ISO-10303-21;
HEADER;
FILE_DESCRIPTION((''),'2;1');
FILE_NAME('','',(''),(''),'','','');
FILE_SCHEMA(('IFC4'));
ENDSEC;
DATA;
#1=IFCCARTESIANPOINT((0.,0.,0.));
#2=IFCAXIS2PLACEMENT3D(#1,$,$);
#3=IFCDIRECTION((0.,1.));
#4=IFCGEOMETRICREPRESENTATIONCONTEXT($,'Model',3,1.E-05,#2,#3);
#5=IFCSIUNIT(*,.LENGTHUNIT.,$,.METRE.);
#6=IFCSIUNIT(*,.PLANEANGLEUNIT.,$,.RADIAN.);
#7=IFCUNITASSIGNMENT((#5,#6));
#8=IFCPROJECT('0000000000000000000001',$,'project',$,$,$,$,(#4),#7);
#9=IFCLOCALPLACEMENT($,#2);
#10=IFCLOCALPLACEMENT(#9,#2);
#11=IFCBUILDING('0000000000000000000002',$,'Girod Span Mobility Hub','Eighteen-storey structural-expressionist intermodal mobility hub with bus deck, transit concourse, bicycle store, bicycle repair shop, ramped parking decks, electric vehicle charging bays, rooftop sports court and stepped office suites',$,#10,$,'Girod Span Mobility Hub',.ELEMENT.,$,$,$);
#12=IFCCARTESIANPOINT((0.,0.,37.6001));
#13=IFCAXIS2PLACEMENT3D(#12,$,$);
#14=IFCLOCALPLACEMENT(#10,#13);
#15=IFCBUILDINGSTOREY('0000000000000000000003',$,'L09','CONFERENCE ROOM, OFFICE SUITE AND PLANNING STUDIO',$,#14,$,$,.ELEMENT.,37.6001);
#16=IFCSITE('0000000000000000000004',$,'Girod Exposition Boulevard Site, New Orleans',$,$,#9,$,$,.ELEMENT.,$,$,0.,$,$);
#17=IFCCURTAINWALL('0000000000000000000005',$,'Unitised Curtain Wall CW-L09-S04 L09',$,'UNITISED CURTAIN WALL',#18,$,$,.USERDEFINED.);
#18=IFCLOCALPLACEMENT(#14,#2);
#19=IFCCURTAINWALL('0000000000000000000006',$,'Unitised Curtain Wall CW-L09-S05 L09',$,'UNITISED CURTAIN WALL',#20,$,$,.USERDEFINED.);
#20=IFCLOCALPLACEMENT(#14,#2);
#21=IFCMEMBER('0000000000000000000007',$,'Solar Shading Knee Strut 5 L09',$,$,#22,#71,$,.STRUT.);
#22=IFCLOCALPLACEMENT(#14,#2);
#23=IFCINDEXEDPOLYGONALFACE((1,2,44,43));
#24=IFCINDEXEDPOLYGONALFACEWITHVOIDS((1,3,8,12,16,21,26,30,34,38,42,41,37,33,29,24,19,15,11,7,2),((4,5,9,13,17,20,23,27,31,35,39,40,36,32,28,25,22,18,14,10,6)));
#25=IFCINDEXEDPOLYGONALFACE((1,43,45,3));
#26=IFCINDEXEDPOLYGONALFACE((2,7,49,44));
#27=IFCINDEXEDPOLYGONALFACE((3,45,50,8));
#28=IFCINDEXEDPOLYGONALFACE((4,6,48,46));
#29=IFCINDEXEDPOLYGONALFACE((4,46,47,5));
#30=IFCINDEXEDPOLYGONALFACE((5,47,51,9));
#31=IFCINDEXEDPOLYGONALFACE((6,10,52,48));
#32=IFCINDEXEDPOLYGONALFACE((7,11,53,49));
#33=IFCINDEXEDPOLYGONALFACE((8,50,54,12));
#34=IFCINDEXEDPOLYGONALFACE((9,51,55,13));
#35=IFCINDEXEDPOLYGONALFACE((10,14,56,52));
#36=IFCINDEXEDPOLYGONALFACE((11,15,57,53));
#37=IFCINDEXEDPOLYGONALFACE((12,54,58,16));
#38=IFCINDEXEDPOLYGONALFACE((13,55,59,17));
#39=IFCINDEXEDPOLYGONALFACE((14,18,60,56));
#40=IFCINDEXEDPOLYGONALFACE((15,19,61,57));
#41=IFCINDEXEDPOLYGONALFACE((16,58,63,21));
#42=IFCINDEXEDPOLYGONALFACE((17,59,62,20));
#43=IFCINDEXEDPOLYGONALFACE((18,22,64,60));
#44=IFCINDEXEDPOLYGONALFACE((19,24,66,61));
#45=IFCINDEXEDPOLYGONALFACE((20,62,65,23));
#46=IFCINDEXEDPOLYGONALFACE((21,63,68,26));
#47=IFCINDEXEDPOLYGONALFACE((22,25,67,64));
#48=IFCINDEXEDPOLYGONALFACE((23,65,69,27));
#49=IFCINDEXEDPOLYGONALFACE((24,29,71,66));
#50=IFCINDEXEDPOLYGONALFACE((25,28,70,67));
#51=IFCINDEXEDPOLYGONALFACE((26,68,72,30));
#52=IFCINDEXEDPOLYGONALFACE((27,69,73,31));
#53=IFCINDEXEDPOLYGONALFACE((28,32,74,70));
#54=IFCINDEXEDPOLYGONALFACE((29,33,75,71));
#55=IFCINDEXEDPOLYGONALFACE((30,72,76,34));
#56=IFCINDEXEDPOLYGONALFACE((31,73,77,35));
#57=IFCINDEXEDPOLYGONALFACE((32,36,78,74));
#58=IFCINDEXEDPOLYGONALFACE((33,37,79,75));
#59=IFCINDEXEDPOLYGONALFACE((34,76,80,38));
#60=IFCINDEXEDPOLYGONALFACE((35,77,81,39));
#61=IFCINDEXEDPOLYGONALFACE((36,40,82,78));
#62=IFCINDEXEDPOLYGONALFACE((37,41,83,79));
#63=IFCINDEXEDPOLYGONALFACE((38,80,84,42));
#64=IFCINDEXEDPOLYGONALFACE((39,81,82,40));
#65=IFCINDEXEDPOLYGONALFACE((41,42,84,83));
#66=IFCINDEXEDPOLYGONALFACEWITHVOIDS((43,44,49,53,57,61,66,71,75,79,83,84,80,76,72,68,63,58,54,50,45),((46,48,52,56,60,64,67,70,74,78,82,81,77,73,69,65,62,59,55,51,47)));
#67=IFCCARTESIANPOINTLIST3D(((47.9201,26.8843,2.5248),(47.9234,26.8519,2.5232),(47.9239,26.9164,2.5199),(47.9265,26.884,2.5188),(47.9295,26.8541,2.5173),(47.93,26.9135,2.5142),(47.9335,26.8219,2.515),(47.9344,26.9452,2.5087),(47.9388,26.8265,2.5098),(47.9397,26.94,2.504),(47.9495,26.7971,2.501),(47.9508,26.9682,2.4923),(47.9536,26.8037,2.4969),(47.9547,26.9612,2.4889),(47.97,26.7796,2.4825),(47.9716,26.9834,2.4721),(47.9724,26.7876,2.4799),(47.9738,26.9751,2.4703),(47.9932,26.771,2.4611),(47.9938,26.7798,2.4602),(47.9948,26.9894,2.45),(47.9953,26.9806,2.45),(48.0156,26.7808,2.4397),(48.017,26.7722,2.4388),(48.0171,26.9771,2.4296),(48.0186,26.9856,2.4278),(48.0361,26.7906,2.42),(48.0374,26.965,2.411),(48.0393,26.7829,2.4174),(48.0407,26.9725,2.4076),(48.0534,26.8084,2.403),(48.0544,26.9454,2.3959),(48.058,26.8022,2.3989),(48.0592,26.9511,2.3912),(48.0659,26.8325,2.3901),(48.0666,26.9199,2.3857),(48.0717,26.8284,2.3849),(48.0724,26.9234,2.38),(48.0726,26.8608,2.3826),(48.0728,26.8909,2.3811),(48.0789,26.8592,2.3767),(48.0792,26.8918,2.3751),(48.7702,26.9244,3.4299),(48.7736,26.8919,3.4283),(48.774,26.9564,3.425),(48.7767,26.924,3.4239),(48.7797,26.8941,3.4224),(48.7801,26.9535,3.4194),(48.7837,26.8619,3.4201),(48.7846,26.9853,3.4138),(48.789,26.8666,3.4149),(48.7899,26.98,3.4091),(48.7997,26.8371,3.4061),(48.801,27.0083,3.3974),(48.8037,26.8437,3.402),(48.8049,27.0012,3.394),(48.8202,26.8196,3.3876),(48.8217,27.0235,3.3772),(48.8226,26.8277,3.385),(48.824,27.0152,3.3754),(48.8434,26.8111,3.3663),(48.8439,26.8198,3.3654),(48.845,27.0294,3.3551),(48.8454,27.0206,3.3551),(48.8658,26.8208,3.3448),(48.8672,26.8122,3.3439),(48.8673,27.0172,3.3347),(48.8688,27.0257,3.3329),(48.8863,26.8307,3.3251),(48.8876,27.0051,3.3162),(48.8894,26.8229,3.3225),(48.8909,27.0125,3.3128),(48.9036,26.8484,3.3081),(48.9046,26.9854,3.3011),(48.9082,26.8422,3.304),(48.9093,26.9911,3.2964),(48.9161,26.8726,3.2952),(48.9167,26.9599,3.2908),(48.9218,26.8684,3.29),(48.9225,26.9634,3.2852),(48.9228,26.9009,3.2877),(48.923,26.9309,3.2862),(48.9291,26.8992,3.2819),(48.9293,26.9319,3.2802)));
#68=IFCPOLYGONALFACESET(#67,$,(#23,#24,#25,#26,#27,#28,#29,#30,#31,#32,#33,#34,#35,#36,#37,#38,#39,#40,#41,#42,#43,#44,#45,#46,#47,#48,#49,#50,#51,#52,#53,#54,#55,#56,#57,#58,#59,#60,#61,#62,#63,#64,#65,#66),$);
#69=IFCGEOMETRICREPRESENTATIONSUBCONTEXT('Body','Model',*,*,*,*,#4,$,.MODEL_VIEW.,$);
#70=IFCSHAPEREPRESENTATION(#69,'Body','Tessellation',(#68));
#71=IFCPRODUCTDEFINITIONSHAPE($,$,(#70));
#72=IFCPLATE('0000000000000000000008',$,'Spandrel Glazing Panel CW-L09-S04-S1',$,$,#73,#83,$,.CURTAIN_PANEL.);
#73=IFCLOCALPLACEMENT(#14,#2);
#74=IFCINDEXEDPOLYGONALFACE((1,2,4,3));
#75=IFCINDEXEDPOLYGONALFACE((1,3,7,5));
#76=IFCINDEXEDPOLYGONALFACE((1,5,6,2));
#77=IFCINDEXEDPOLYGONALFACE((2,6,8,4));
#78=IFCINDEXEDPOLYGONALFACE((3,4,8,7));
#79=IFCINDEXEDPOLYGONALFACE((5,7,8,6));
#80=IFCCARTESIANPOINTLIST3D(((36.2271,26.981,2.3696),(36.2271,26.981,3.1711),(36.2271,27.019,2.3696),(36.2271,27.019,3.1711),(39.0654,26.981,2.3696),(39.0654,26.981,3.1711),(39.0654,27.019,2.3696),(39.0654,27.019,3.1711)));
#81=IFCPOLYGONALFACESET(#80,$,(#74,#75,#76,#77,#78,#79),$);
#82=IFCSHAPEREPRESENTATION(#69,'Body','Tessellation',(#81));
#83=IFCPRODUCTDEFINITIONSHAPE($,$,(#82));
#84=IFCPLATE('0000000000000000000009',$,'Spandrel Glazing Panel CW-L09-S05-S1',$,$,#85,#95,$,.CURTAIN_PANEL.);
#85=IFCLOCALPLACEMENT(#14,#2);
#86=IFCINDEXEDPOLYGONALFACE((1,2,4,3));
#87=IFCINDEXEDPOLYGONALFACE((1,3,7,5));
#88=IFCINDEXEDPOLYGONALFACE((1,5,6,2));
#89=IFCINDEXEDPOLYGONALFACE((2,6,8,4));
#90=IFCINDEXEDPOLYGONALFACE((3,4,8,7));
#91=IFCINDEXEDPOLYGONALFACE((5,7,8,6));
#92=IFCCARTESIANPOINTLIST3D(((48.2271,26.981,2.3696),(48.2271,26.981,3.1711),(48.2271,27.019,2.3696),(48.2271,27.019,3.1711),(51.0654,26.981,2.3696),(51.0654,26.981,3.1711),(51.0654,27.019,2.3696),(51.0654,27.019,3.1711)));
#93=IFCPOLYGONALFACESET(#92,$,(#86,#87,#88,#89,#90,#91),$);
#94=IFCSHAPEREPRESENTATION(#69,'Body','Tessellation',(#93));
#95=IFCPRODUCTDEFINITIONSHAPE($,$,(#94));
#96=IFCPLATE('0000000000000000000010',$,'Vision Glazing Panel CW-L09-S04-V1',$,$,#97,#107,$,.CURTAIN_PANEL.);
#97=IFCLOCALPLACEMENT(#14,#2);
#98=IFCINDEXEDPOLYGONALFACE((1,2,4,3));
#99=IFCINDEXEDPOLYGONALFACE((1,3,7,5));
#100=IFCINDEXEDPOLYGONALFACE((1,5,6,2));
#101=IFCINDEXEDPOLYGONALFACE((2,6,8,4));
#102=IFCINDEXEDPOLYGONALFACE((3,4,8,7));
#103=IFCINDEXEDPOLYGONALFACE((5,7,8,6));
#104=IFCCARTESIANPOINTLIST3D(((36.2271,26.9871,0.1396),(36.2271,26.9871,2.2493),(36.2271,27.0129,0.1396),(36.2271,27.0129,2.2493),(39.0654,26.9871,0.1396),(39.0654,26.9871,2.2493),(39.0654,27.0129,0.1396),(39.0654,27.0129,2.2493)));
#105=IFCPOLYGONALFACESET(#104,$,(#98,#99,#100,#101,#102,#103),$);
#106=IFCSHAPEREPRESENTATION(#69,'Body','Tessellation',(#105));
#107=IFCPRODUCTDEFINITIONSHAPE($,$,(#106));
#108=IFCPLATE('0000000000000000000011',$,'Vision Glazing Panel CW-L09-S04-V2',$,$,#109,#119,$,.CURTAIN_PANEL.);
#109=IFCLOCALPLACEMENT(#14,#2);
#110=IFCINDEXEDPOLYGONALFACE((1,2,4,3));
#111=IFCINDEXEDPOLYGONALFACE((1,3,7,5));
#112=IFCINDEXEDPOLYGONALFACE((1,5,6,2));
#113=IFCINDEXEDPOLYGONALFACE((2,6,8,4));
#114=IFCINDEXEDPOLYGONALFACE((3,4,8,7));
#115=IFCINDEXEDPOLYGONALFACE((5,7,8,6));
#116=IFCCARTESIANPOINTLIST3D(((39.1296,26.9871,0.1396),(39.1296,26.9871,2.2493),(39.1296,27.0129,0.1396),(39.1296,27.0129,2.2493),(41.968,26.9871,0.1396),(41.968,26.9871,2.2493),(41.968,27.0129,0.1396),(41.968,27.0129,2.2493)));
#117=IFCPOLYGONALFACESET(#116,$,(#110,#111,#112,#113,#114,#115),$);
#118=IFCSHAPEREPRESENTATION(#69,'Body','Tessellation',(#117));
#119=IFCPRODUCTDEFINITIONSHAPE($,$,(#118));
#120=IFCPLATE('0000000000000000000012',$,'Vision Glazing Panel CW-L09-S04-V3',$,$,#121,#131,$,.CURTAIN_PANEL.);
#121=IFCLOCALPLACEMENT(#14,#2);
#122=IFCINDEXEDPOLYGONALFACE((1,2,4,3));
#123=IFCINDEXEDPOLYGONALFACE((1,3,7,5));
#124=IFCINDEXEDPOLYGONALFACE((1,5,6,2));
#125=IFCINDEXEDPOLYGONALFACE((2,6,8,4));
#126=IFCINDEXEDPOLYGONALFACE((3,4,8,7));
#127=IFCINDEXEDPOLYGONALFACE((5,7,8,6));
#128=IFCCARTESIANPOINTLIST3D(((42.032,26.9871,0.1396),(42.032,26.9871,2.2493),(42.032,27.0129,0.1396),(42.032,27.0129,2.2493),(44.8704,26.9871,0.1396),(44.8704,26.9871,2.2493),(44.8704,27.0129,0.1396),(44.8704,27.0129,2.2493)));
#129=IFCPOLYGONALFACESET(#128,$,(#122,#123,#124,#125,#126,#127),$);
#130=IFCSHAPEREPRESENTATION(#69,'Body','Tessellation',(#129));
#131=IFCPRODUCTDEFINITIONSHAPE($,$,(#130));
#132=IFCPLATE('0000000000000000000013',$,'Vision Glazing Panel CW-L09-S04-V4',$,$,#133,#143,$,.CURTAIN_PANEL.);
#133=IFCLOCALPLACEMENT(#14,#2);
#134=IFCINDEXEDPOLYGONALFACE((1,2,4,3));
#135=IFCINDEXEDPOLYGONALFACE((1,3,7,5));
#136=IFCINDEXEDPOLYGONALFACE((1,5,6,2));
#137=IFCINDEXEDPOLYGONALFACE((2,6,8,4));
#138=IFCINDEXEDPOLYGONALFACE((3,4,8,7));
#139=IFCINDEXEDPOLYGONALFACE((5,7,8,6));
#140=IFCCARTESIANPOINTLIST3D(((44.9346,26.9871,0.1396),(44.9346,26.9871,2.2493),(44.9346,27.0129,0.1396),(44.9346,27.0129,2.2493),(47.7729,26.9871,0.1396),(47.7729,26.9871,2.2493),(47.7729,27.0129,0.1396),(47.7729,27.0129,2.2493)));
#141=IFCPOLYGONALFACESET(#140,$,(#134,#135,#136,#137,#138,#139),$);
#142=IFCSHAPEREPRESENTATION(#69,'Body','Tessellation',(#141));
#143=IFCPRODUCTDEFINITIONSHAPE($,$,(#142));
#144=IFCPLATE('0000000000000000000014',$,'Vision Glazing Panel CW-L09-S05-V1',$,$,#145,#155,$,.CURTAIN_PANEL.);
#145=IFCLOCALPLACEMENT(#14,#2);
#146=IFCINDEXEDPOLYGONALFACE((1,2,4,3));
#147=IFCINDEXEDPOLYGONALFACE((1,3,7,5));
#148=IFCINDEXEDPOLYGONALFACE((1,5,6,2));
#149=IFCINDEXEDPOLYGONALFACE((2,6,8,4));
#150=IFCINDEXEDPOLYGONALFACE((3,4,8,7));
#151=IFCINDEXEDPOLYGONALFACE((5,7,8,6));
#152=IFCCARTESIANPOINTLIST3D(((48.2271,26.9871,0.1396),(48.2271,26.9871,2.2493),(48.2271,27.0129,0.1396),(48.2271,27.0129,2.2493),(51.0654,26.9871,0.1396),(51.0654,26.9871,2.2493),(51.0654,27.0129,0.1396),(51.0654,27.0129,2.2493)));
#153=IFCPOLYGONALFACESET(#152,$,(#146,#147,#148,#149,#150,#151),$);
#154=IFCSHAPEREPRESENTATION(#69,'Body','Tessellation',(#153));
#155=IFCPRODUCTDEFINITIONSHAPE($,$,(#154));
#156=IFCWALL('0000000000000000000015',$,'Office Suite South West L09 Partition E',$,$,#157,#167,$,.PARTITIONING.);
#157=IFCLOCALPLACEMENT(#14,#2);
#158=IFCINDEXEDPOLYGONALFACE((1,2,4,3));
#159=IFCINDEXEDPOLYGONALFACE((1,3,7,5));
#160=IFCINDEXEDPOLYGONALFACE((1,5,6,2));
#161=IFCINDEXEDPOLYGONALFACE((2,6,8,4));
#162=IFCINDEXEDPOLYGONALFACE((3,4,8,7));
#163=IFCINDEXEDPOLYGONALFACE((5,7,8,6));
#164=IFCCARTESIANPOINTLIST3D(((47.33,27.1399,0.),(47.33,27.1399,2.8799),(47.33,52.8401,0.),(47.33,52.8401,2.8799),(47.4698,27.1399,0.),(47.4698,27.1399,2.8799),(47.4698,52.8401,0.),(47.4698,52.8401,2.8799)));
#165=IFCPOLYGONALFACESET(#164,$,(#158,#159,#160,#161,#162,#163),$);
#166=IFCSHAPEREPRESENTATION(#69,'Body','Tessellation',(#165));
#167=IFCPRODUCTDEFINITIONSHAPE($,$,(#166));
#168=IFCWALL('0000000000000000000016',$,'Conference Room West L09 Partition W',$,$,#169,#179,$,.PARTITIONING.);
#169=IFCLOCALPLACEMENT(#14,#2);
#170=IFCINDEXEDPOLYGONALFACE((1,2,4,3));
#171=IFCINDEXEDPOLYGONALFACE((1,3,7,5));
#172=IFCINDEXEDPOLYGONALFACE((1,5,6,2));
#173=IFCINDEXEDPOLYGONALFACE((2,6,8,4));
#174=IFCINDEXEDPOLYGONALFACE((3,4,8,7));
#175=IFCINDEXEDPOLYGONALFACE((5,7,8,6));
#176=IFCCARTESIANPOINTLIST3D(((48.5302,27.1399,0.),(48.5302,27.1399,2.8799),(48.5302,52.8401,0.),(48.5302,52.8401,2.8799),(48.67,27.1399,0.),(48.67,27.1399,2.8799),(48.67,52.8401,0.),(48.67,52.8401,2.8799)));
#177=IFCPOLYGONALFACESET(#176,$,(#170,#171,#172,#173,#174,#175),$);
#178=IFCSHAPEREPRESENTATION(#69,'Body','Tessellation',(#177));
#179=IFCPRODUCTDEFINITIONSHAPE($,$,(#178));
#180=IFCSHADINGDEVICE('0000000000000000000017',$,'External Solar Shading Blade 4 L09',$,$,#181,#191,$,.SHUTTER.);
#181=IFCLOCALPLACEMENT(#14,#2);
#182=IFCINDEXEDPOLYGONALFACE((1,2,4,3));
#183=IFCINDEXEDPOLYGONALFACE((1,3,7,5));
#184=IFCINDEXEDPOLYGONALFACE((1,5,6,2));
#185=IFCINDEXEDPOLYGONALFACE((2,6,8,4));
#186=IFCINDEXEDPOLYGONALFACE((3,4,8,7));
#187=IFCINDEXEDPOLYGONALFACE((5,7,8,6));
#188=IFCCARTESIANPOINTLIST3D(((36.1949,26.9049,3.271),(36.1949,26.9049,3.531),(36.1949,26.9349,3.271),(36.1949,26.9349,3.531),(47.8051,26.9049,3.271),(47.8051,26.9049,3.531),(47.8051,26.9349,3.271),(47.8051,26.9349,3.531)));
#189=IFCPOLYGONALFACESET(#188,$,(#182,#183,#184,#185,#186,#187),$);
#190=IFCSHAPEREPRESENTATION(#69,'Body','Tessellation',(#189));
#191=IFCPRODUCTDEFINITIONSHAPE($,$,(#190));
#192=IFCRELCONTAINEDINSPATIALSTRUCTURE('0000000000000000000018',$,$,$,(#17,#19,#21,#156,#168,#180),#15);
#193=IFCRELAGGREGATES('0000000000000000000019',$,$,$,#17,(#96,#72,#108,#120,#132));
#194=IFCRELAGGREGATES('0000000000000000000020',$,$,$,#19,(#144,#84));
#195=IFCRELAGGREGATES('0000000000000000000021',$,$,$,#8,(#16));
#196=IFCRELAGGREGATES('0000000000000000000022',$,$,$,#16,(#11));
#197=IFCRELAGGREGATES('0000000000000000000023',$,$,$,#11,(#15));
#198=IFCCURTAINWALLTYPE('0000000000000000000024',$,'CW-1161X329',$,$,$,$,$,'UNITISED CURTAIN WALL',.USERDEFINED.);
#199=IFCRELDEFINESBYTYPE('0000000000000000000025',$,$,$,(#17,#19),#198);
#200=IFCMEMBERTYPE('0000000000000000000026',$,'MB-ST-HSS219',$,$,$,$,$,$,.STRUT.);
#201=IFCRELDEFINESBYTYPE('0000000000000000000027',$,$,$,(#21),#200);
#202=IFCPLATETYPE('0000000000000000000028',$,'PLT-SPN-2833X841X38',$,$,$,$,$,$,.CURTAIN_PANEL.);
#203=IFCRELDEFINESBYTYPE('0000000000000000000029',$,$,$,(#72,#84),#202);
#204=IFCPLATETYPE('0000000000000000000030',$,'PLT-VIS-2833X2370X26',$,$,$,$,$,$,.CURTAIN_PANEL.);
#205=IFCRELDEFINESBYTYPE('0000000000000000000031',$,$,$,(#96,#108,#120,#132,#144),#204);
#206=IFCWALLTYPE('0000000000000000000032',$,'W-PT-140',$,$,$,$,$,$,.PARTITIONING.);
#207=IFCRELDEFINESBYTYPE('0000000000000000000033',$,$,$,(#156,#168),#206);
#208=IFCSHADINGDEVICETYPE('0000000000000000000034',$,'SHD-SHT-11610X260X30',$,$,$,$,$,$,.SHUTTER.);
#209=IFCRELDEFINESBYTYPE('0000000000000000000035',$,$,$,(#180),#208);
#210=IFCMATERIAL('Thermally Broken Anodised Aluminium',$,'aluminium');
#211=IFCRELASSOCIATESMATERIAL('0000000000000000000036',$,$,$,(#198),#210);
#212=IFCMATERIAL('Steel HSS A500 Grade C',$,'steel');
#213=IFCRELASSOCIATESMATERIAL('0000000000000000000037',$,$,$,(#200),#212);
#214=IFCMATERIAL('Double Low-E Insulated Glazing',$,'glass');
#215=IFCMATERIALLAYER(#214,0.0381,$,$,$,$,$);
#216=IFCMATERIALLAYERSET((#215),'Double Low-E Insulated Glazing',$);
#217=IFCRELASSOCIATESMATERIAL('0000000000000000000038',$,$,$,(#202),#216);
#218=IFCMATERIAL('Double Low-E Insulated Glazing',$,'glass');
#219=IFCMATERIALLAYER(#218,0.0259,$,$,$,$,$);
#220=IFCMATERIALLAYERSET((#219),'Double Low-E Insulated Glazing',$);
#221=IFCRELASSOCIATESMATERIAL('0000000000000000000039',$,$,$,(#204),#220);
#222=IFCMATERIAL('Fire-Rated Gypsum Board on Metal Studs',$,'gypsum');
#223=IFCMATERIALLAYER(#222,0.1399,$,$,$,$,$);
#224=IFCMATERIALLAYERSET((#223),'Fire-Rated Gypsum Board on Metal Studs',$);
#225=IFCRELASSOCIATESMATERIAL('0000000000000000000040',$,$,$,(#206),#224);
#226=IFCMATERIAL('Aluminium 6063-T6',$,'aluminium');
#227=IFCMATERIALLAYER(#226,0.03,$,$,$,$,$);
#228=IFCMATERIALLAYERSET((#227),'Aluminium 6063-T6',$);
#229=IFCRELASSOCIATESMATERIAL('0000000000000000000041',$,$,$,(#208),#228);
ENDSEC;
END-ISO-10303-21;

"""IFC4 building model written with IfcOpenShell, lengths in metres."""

from ifc_helpers import new_model, si_unit, direction, frame, frame_2d, origin, origin_2d, place, context, subcontext, project, spatial, rectangle, hollow_circle, extrude, material, layer, layer_set, material_profile, profile_set, type_object, element, aggregate, save


model = new_model("IFC4")

# Units and contexts
model_context = context("Model", 3, precision=1e-05, world=origin(), true_north=direction((0.0, 1.0)))
body_context = subcontext(model_context, "Body", "Model", "MODEL_VIEW")
ifc_project = project(units=[si_unit("LENGTHUNIT", "METRE"), si_unit("PLANEANGLEUNIT", "RADIAN")], contexts=[model_context])

# Site, building, storey
site_placement = place(None, origin())
site = spatial("IfcSite", under=ifc_project, at=site_placement, Name="Girod Exposition Boulevard Site, New Orleans", CompositionType="ELEMENT", RefElevation=0.0)
building_placement = place(site_placement, origin())
building = spatial("IfcBuilding", under=site, at=building_placement, Name="Girod Span Mobility Hub", Description="Eighteen-storey structural-expressionist intermodal mobility hub with bus deck, transit concourse, bicycle store, bicycle repair shop, ramped parking decks, electric vehicle charging bays, rooftop sports court and stepped office suites", LongName="Girod Span Mobility Hub", CompositionType="ELEMENT")
storey_placement = place(building_placement, frame((0.0, 0.0, 37.6001)))
storey = spatial("IfcBuildingStorey", under=building, at=storey_placement, Name="L09", Description="CONFERENCE ROOM, OFFICE SUITE AND PLANNING STUDIO", CompositionType="ELEMENT", Elevation=37.6001)

# Curtain wall
ifc_material_1 = material(Name="Thermally Broken Anodised Aluminium", Category="aluminium")
curtain_wall_type = type_object("IfcCurtainWallType", Name="CW-1161X329", ElementType="UNITISED CURTAIN WALL", PredefinedType="USERDEFINED", material=ifc_material_1)
curtain_wall_1_placement = place(storey_placement, origin())
curtain_wall_1 = element("IfcCurtainWall", 1, at=curtain_wall_1_placement, inside=storey, type_object=curtain_wall_type, Name="Unitised Curtain Wall CW-L09-S04 L09", ObjectType="UNITISED CURTAIN WALL", PredefinedType="USERDEFINED")

# Curtain wall
curtain_wall_2_placement = place(storey_placement, origin())
curtain_wall_2 = element("IfcCurtainWall", 2, at=curtain_wall_2_placement, inside=storey, type_object=curtain_wall_type, Name="Unitised Curtain Wall CW-L09-S05 L09", ObjectType="UNITISED CURTAIN WALL", PredefinedType="USERDEFINED")

# Member
ifc_material_2 = material(Name="Steel HSS A500 Grade C", Category="steel")
ifc_material_profile_1 = material_profile(ifc_material_2, hollow_circle(Radius=0.1096, WallThickness=0.0088, at=origin_2d()), Name="HSS219X9.5")
ifc_profile_set_1 = profile_set([ifc_material_profile_1], Name="Steel HSS A500 Grade C")
member_type_1 = type_object("IfcMemberType", Name="MB-ST-HSS219", PredefinedType="STRUT", material=ifc_profile_set_1)
member_1_placement = place(storey_placement, frame((48.0, 26.8799, 2.45), z_axis=(0.684285, 0.032229, 0.728502), x_axis=(-0.047047, 0.998893, 0.0)))
element("IfcMember", 3, at=member_1_placement, inside=storey, type_object=member_type_1, Name="Solar Shading Knee Strut 5 L09", PredefinedType="STRUT", context=body_context, shape_type="SweptSolid", body=[
    extrude(hollow_circle(Radius=0.1096, WallThickness=0.0088, at=origin_2d()), origin(), (0.0, 0.0, 1.0), 1.2424),
])

# Plates
ifc_material_3 = material(Name="Double Low-E Insulated Glazing", Category="glass")
ifc_layer_1 = layer(ifc_material_3, 0.0381)
ifc_layer_set_1 = layer_set([ifc_layer_1], Name="Double Low-E Insulated Glazing")
plate_type_1 = type_object("IfcPlateType", Name="PLT-SPN-2833X841X38", PredefinedType="CURTAIN_PANEL", material=ifc_layer_set_1)
plate_1_placement = place(storey_placement, frame((37.6462, 27.0, 2.3696), z_axis=(0.0, 0.0, 1.0), x_axis=(1.0, 0.0, 0.0)))
plate_1 = element("IfcPlate", 4, at=plate_1_placement, type_object=plate_type_1, Name="Spandrel Glazing Panel CW-L09-S04-S1", PredefinedType="CURTAIN_PANEL", context=body_context, shape_type="SweptSolid", body=[
    extrude(rectangle(XDim=2.8384, YDim=0.0381, at=origin_2d()), origin(), (0.0, 0.0, 1.0), 0.8015),
])
plate_2_placement = place(storey_placement, frame((49.6462, 27.0, 2.3696), z_axis=(0.0, 0.0, 1.0), x_axis=(1.0, 0.0, 0.0)))
plate_2 = element("IfcPlate", 5, at=plate_2_placement, type_object=plate_type_1, Name="Spandrel Glazing Panel CW-L09-S05-S1", PredefinedType="CURTAIN_PANEL", context=body_context, shape_type="SweptSolid", body=[
    extrude(rectangle(XDim=2.8384, YDim=0.0381, at=origin_2d()), origin(), (0.0, 0.0, 1.0), 0.8015),
])
ifc_material_4 = material(Name="Double Low-E Insulated Glazing", Category="glass")
ifc_layer_2 = layer(ifc_material_4, 0.0259)
ifc_layer_set_2 = layer_set([ifc_layer_2], Name="Double Low-E Insulated Glazing")
plate_type_2 = type_object("IfcPlateType", Name="PLT-VIS-2833X2370X26", PredefinedType="CURTAIN_PANEL", material=ifc_layer_set_2)
plate_3_placement = place(storey_placement, frame((37.6462, 27.0, 0.1396), z_axis=(0.0, 0.0, 1.0), x_axis=(1.0, 0.0, 0.0)))
plate_3 = element("IfcPlate", 6, at=plate_3_placement, type_object=plate_type_2, Name="Vision Glazing Panel CW-L09-S04-V1", PredefinedType="CURTAIN_PANEL", context=body_context, shape_type="SweptSolid", body=[
    extrude(rectangle(XDim=2.8384, YDim=0.0259, at=origin_2d()), origin(), (0.0, 0.0, 1.0), 2.1096),
])
plate_4_placement = place(storey_placement, frame((40.5488, 27.0, 0.1396), z_axis=(0.0, 0.0, 1.0), x_axis=(1.0, 0.0, 0.0)))
plate_4 = element("IfcPlate", 7, at=plate_4_placement, type_object=plate_type_2, Name="Vision Glazing Panel CW-L09-S04-V2", PredefinedType="CURTAIN_PANEL", context=body_context, shape_type="SweptSolid", body=[
    extrude(rectangle(XDim=2.8384, YDim=0.0259, at=origin_2d()), origin(), (0.0, 0.0, 1.0), 2.1096),
])
plate_5_placement = place(storey_placement, frame((43.4512, 27.0, 0.1396), z_axis=(0.0, 0.0, 1.0), x_axis=(1.0, 0.0, 0.0)))
plate_5 = element("IfcPlate", 8, at=plate_5_placement, type_object=plate_type_2, Name="Vision Glazing Panel CW-L09-S04-V3", PredefinedType="CURTAIN_PANEL", context=body_context, shape_type="SweptSolid", body=[
    extrude(rectangle(XDim=2.8384, YDim=0.0259, at=origin_2d()), origin(), (0.0, 0.0, 1.0), 2.1096),
])
plate_6_placement = place(storey_placement, frame((46.3538, 27.0, 0.1396), z_axis=(0.0, 0.0, 1.0), x_axis=(1.0, 0.0, 0.0)))
plate_6 = element("IfcPlate", 9, at=plate_6_placement, type_object=plate_type_2, Name="Vision Glazing Panel CW-L09-S04-V4", PredefinedType="CURTAIN_PANEL", context=body_context, shape_type="SweptSolid", body=[
    extrude(rectangle(XDim=2.8384, YDim=0.0259, at=origin_2d()), origin(), (0.0, 0.0, 1.0), 2.1096),
])
aggregate(curtain_wall_1, [plate_3, plate_1, plate_4, plate_5, plate_6])
plate_7_placement = place(storey_placement, frame((49.6462, 27.0, 0.1396), z_axis=(0.0, 0.0, 1.0), x_axis=(1.0, 0.0, 0.0)))
plate_7 = element("IfcPlate", 10, at=plate_7_placement, type_object=plate_type_2, Name="Vision Glazing Panel CW-L09-S05-V1", PredefinedType="CURTAIN_PANEL", context=body_context, shape_type="SweptSolid", body=[
    extrude(rectangle(XDim=2.8384, YDim=0.0259, at=origin_2d()), origin(), (0.0, 0.0, 1.0), 2.1096),
])
aggregate(curtain_wall_2, [plate_7, plate_2])

# Walls
ifc_material_5 = material(Name="Fire-Rated Gypsum Board on Metal Studs", Category="gypsum")
ifc_layer_3 = layer(ifc_material_5, 0.1399)
ifc_layer_set_3 = layer_set([ifc_layer_3], Name="Fire-Rated Gypsum Board on Metal Studs")
wall_type = type_object("IfcWallType", Name="W-PT-140", PredefinedType="PARTITIONING", material=ifc_layer_set_3)
for number, where, z_axis, x_axis, name in (
    (11, (47.3999, 27.1399, 0.0), (0.0, 0.0, 1.0), (0.0, 1.0, 0.0), "Office Suite South West L09 Partition E"),
    (12, (48.6001, 27.1399, 0.0), (0.0, 0.0, 1.0), (0.0, 1.0, 0.0), "Conference Room West L09 Partition W"),
):
    element("IfcWall", number, at=place(storey_placement, frame(where, z_axis=z_axis, x_axis=x_axis)), inside=storey, type_object=wall_type, Name=name, PredefinedType="PARTITIONING", context=body_context, shape_type="SweptSolid", body=[
        extrude(rectangle(XDim=25.7002, YDim=0.1399, at=frame_2d((12.8501, 0.0))), origin(), (0.0, 0.0, 1.0), 2.8799),
    ])

# Shading device
ifc_material_6 = material(Name="Aluminium 6063-T6", Category="aluminium")
ifc_layer_4 = layer(ifc_material_6, 0.03)
ifc_layer_set_4 = layer_set([ifc_layer_4], Name="Aluminium 6063-T6")
shading_device_type = type_object("IfcShadingDeviceType", Name="SHD-SHT-11610X260X30", PredefinedType="SHUTTER", material=ifc_layer_set_4)
shading_device_placement = place(storey_placement, frame((42.0, 26.9199, 3.271), z_axis=(0.0, 0.0, 1.0), x_axis=(1.0, 0.0, 0.0)))
element("IfcShadingDevice", 13, at=shading_device_placement, inside=storey, type_object=shading_device_type, Name="External Solar Shading Blade 4 L09", PredefinedType="SHUTTER", context=body_context, shape_type="SweptSolid", body=[
    extrude(rectangle(XDim=11.6101, YDim=0.03, at=origin_2d()), origin(), (0.0, 0.0, 1.0), 0.26),
])

save(model, "model.ifc")
